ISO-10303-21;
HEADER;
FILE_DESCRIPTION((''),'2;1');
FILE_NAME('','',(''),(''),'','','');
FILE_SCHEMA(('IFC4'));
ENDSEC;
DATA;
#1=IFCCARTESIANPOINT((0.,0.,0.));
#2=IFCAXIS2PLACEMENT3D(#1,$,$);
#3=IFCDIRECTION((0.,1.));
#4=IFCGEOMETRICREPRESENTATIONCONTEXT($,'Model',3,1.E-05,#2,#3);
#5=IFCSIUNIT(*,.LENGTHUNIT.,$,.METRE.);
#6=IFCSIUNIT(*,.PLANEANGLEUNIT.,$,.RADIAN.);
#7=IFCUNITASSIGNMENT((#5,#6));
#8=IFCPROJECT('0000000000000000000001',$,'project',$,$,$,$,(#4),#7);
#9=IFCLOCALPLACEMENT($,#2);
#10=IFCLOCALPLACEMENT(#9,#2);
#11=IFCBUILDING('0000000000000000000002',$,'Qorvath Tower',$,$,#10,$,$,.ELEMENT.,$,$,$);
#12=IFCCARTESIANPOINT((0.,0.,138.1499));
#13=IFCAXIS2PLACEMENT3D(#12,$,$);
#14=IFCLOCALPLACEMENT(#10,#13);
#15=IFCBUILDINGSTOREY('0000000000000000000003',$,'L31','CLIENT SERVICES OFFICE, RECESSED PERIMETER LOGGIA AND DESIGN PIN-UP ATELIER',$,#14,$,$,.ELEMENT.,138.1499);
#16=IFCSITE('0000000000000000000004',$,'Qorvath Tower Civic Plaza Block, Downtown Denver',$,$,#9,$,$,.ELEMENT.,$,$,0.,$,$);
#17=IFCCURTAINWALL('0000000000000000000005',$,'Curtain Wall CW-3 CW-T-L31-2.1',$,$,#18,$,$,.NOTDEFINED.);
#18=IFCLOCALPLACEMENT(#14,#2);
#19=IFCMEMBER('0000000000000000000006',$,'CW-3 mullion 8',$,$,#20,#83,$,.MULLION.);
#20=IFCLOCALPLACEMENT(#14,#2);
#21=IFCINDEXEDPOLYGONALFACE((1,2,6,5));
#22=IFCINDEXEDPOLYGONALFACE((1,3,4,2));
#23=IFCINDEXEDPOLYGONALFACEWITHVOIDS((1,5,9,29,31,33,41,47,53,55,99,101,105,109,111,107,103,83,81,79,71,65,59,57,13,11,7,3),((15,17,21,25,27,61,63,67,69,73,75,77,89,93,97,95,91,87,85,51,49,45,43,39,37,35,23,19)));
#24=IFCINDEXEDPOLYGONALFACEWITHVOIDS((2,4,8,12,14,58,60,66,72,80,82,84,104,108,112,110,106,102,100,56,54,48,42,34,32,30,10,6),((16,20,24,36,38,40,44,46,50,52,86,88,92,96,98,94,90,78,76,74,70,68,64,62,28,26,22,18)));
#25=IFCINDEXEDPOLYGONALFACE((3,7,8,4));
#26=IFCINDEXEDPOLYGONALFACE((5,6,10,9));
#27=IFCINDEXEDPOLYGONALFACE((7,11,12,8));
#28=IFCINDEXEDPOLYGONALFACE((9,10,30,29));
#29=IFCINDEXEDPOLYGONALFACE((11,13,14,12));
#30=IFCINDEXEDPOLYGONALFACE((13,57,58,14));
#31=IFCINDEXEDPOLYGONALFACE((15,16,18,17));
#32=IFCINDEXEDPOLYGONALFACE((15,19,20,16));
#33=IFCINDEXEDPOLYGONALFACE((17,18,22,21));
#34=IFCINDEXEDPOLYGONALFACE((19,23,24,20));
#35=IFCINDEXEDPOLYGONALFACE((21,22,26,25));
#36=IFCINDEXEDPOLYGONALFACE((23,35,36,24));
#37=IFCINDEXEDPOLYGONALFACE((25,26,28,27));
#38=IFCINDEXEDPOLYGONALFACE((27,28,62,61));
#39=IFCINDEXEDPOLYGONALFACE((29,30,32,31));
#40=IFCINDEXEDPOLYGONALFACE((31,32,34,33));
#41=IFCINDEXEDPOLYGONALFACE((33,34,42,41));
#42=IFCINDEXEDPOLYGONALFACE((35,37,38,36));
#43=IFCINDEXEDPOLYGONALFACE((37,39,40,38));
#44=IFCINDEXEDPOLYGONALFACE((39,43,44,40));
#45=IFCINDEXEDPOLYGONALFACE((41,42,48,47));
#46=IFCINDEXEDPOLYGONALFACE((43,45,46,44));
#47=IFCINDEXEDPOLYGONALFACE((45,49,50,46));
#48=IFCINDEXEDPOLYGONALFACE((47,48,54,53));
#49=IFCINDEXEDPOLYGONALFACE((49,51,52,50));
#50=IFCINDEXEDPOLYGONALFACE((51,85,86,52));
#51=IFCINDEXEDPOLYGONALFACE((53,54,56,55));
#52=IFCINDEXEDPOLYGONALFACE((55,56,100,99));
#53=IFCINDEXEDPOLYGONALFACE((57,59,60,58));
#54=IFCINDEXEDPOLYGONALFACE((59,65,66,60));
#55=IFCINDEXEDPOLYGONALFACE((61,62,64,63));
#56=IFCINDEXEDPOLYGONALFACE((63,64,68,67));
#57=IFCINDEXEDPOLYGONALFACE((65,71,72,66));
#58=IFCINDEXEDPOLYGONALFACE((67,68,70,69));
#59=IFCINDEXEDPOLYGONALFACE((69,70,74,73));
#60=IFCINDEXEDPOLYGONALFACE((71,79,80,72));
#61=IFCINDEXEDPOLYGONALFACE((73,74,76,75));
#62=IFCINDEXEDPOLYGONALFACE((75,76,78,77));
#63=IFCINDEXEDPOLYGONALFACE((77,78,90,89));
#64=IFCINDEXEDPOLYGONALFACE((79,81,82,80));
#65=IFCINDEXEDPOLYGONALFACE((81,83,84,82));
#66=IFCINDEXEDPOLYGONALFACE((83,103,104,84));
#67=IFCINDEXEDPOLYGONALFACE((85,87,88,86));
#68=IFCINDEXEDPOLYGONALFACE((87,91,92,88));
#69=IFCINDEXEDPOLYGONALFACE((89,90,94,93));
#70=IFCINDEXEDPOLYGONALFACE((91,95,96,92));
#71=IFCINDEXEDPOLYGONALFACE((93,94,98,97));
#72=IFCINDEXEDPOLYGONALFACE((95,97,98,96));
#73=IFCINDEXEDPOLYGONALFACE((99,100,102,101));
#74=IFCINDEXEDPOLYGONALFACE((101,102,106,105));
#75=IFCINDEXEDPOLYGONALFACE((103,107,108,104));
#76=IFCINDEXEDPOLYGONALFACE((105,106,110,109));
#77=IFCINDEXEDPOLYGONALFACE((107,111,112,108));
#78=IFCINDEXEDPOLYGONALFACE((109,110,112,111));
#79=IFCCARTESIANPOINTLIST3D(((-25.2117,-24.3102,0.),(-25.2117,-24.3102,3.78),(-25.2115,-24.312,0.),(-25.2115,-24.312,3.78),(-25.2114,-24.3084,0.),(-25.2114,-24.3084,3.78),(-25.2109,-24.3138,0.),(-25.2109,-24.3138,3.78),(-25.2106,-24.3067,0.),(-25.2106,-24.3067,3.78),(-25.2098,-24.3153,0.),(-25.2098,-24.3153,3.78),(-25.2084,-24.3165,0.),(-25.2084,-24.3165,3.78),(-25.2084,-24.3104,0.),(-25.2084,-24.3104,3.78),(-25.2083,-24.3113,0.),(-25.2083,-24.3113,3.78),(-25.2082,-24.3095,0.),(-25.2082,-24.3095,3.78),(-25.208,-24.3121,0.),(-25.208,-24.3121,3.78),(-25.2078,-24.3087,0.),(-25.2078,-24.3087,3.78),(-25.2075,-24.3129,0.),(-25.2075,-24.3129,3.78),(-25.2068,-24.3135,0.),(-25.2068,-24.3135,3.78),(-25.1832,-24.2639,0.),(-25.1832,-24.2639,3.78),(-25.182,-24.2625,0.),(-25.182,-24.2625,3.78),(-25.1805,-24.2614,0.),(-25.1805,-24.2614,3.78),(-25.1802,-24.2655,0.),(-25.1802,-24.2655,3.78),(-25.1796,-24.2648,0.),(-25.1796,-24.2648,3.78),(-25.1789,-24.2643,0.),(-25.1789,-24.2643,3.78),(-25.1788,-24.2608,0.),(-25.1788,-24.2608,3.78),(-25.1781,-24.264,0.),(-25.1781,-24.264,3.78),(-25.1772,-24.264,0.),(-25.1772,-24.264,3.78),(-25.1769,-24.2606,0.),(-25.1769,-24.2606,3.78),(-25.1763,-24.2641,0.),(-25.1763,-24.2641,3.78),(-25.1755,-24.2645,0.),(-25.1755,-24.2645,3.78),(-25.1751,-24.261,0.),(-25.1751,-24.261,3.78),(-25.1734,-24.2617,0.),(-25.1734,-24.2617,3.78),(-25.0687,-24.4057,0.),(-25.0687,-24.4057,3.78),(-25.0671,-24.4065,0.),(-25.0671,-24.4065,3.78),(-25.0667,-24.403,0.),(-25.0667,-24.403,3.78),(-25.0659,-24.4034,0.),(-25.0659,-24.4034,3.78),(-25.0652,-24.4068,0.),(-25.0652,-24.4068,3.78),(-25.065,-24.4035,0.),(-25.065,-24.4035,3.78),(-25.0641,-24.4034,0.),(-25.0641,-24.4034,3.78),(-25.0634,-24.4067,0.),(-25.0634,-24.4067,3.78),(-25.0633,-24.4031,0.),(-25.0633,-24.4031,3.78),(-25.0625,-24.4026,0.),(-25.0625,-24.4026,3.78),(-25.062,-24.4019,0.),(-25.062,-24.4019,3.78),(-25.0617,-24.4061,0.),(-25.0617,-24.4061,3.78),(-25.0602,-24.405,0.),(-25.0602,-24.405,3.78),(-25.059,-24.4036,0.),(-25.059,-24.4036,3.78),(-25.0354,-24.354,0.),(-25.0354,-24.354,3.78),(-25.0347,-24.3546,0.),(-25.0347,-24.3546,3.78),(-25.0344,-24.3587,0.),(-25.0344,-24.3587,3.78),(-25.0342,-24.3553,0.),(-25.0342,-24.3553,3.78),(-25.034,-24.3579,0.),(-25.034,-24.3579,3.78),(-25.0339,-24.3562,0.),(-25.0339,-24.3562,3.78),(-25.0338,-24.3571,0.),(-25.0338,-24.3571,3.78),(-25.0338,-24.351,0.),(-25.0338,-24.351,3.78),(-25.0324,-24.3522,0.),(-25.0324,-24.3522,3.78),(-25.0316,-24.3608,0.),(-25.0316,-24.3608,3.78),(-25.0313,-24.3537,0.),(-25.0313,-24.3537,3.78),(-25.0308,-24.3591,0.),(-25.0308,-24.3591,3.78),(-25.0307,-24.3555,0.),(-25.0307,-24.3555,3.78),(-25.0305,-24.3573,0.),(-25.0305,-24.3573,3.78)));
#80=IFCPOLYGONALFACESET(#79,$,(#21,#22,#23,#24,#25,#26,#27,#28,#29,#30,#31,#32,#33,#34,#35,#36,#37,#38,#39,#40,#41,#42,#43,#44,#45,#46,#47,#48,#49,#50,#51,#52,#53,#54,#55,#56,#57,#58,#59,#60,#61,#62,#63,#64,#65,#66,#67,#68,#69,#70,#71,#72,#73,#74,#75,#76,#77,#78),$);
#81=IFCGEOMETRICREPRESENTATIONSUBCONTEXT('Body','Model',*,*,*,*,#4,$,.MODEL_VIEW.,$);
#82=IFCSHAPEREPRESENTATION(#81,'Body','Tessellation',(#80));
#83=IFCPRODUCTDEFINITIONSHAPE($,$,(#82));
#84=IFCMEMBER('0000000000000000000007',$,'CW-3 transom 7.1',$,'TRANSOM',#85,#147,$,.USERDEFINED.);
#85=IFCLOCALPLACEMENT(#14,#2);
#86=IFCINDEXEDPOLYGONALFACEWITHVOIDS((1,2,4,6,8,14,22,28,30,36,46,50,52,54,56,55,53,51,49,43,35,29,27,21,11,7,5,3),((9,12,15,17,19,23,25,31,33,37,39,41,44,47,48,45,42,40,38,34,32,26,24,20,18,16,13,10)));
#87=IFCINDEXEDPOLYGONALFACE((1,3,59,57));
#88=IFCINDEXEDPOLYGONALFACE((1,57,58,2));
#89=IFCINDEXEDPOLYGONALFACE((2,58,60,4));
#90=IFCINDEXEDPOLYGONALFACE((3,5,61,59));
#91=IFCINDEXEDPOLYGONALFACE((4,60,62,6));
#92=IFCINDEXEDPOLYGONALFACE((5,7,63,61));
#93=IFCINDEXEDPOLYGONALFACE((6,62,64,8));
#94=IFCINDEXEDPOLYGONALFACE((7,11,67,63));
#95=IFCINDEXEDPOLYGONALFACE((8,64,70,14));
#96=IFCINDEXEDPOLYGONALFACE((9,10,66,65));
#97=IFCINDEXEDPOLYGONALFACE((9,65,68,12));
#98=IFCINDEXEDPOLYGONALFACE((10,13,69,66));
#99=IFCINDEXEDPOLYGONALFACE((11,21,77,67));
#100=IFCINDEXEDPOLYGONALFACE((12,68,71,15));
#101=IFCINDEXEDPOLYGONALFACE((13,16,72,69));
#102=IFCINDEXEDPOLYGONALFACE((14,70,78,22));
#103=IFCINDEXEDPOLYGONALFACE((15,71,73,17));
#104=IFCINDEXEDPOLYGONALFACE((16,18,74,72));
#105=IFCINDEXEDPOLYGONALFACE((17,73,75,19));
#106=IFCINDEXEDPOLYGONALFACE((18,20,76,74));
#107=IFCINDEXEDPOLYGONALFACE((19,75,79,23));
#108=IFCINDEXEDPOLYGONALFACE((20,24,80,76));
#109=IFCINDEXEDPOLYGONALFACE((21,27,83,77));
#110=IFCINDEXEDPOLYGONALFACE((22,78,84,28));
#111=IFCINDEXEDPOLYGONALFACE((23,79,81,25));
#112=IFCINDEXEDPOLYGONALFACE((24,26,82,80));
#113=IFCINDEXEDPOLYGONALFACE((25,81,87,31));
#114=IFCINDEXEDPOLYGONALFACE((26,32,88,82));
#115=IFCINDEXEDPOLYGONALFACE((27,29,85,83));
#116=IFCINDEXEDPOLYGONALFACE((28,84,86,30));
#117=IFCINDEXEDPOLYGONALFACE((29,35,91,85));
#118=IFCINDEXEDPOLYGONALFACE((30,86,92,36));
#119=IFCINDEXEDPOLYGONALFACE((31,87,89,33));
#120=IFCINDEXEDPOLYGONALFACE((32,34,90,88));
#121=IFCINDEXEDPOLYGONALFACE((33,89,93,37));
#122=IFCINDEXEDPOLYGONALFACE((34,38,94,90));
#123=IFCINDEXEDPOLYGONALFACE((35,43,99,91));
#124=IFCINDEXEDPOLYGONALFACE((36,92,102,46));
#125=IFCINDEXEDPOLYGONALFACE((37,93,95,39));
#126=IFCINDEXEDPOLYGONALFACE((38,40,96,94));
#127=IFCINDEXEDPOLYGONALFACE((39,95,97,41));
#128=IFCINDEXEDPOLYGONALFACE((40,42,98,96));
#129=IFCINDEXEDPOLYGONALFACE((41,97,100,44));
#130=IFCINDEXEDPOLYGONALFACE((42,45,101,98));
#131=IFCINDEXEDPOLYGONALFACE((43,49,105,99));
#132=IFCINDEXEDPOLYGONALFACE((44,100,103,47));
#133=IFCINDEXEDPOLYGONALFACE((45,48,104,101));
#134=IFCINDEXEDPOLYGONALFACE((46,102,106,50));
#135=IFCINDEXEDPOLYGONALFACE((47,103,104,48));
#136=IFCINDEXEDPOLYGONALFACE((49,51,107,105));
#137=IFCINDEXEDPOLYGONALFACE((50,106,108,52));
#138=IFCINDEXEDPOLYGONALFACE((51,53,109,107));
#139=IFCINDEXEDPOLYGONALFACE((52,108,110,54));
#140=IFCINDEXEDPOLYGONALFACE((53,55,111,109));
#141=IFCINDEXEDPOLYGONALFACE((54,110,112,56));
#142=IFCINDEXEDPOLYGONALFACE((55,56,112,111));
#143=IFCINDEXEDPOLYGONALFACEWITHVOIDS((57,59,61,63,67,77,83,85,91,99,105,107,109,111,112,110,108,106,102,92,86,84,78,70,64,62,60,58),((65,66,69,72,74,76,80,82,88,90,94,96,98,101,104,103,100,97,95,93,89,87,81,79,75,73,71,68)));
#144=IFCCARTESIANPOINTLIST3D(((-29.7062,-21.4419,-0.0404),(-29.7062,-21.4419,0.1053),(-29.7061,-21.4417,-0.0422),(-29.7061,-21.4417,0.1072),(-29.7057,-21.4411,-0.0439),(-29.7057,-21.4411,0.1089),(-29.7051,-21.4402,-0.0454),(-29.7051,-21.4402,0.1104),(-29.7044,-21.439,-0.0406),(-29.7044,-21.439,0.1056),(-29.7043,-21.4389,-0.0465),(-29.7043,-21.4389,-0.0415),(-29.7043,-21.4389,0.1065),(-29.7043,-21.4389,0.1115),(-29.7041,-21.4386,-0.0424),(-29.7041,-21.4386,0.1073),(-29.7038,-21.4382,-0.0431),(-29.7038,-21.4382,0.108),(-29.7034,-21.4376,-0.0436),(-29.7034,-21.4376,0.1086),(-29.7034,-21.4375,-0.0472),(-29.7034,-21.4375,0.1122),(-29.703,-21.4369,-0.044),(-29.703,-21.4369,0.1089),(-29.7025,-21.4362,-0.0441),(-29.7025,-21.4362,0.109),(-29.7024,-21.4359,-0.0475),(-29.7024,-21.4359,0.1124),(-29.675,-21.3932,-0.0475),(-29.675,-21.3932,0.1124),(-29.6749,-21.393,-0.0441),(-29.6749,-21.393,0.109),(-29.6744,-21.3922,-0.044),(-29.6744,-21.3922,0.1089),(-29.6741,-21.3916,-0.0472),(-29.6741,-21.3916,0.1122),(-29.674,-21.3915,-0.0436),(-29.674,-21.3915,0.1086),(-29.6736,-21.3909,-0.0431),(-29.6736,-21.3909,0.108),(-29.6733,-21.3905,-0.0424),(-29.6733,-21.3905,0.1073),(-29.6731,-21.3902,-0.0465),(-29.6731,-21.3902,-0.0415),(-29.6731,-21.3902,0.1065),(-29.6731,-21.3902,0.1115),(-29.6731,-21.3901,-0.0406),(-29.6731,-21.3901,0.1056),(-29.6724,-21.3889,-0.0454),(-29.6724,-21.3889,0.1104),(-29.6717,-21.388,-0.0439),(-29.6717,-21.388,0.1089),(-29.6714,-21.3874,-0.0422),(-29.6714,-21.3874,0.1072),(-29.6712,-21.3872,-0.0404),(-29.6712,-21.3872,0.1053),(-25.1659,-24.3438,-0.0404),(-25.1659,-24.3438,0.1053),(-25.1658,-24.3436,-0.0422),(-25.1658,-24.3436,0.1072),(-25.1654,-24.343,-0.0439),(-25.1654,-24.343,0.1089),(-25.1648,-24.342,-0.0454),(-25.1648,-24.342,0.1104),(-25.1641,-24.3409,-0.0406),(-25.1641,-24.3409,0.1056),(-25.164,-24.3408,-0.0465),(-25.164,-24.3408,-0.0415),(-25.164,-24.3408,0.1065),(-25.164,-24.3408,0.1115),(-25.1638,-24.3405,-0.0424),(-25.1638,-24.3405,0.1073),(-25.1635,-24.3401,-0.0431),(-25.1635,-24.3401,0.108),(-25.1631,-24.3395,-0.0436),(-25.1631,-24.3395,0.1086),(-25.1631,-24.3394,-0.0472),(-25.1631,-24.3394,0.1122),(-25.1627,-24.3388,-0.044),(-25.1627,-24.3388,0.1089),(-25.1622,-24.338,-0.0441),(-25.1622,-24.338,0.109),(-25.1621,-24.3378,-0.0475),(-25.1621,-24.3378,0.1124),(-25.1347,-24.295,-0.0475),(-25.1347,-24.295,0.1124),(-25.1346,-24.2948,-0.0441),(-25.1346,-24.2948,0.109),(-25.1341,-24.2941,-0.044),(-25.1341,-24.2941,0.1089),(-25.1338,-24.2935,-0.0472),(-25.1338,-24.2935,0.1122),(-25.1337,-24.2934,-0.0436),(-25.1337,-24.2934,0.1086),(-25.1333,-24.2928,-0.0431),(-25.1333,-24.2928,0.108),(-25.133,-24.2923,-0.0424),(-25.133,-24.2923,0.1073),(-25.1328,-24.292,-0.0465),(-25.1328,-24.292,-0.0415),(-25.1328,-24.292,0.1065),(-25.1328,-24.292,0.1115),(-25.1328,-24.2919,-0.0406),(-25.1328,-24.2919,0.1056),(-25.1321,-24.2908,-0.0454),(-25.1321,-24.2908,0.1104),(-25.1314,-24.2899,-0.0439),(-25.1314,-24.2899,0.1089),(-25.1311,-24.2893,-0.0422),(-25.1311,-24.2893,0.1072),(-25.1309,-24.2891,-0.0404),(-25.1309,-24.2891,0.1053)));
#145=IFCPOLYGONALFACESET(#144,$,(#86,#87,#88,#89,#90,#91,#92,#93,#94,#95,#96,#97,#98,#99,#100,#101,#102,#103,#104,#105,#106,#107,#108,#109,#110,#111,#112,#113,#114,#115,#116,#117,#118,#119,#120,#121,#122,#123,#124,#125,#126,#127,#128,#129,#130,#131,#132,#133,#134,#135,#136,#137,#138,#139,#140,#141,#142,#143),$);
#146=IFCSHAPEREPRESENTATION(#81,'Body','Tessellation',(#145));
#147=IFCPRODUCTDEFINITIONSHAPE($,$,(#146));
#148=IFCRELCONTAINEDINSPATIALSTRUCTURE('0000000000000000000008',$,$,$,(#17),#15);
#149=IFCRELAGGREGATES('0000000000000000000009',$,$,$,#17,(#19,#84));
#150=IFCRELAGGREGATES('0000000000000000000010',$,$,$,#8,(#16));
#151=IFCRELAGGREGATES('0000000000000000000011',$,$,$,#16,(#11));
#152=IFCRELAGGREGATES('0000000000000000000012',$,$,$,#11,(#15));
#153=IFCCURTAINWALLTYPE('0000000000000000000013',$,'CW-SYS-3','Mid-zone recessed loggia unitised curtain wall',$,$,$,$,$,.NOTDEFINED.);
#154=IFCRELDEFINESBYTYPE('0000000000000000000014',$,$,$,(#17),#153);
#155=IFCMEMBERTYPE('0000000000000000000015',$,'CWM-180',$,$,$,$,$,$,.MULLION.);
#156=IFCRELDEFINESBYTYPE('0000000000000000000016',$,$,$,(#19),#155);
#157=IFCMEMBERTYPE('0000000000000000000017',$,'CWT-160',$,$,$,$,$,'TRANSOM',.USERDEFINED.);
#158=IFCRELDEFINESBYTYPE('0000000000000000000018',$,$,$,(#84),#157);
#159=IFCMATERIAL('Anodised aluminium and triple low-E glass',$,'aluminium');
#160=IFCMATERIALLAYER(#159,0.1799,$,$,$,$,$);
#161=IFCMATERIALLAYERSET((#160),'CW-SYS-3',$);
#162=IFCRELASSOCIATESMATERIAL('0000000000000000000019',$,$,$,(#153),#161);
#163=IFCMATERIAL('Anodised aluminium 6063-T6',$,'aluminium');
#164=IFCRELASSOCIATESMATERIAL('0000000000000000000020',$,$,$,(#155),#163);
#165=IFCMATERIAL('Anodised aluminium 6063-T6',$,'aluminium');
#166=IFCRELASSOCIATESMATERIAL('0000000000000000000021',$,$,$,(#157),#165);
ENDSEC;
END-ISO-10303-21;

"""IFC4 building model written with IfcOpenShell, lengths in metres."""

from ifc_helpers import new_model, si_unit, direction, frame, origin, origin_2d, place, context, subcontext, project, spatial, hollow_rectangle, extrude, material, layer, layer_set, material_profile, profile_set, type_object, element, aggregate, save


model = new_model("IFC4")

# Units and contexts
model_context = context("Model", 3, precision=1e-05, world=origin(), true_north=direction((0.0, 1.0)))
body_context = subcontext(model_context, "Body", "Model", "MODEL_VIEW")
ifc_project = project(units=[si_unit("LENGTHUNIT", "METRE"), si_unit("PLANEANGLEUNIT", "RADIAN")], contexts=[model_context])

# Site, building, storey
site_placement = place(None, origin())
site = spatial("IfcSite", under=ifc_project, at=site_placement, Name="Qorvath Tower Civic Plaza Block, Downtown Denver", CompositionType="ELEMENT", RefElevation=0.0)
building_placement = place(site_placement, origin())
building = spatial("IfcBuilding", under=site, at=building_placement, Name="Qorvath Tower", CompositionType="ELEMENT")
storey_placement = place(building_placement, frame((0.0, 0.0, 138.1499)))
storey = spatial("IfcBuildingStorey", under=building, at=storey_placement, Name="L31", Description="CLIENT SERVICES OFFICE, RECESSED PERIMETER LOGGIA AND DESIGN PIN-UP ATELIER", CompositionType="ELEMENT", Elevation=138.1499)

# Curtain wall, members
ifc_material_1 = material(Name="Anodised aluminium and triple low-E glass", Category="aluminium")
ifc_layer_1 = layer(ifc_material_1, 0.1799)
ifc_layer_set_1 = layer_set([ifc_layer_1], Name="CW-SYS-3")
curtain_wall_type = type_object("IfcCurtainWallType", Name="CW-SYS-3", Description="Mid-zone recessed loggia unitised curtain wall", PredefinedType="NOTDEFINED", material=ifc_layer_set_1)
curtain_wall_placement = place(storey_placement, origin())
curtain_wall = element("IfcCurtainWall", 1, at=curtain_wall_placement, inside=storey, type_object=curtain_wall_type, Name="Curtain Wall CW-3 CW-T-L31-2.1", PredefinedType="NOTDEFINED")
ifc_material_2 = material(Name="Anodised aluminium 6063-T6", Category="aluminium")
ifc_material_profile_1 = material_profile(ifc_material_2, hollow_rectangle(XDim=0.0649, YDim=0.1799, WallThickness=0.0034, InnerFilletRadius=0.0034, OuterFilletRadius=0.0071, at=origin_2d()), Name="CWM 180x65")
ifc_profile_set_1 = profile_set([ifc_material_profile_1], Name="Anodised aluminium 6063-T6")
member_type_1 = type_object("IfcMemberType", Name="CWM-180", PredefinedType="MULLION", material=ifc_profile_set_1)
member_1_placement = place(storey_placement, frame((-25.1211, -24.3337, 0.0), z_axis=(0.0, 0.0, 1.0), x_axis=(0.538534, 0.842604, 0.0)))
member_1 = element("IfcMember", 2, at=member_1_placement, type_object=member_type_1, Name="CW-3 mullion 8", PredefinedType="MULLION", context=body_context, shape_type="SweptSolid", body=[
    extrude(hollow_rectangle(XDim=0.0649, YDim=0.1799, WallThickness=0.0034, InnerFilletRadius=0.0034, OuterFilletRadius=0.0071, at=origin_2d()), origin(), (0.0, 0.0, 1.0), 3.78),
])
ifc_material_3 = material(Name="Anodised aluminium 6063-T6", Category="aluminium")
ifc_material_profile_2 = material_profile(ifc_material_3, hollow_rectangle(XDim=0.0649, YDim=0.1599, WallThickness=0.0034, InnerFilletRadius=0.0034, OuterFilletRadius=0.0071, at=origin_2d()), Name="CWT 160x65")
ifc_profile_set_2 = profile_set([ifc_material_profile_2], Name="Anodised aluminium 6063-T6")
member_type_2 = type_object("IfcMemberType", Name="CWT-160", ElementType="TRANSOM", PredefinedType="USERDEFINED", material=ifc_profile_set_2)
member_2_placement = place(storey_placement, frame((-29.6887, -21.4146, 0.0325), z_axis=(0.842602, -0.538537, 0.0), x_axis=(0.538537, 0.842602, 0.0)))
member_2 = element("IfcMember", 3, at=member_2_placement, type_object=member_type_2, Name="CW-3 transom 7.1", ObjectType="TRANSOM", PredefinedType="USERDEFINED", context=body_context, shape_type="SweptSolid", body=[
    extrude(hollow_rectangle(XDim=0.0649, YDim=0.1599, WallThickness=0.0034, InnerFilletRadius=0.0034, OuterFilletRadius=0.0071, at=origin_2d()), origin(), (0.0, 0.0, 1.0), 5.3884),
])
aggregate(curtain_wall, [member_1, member_2])

save(model, "model.ifc")
